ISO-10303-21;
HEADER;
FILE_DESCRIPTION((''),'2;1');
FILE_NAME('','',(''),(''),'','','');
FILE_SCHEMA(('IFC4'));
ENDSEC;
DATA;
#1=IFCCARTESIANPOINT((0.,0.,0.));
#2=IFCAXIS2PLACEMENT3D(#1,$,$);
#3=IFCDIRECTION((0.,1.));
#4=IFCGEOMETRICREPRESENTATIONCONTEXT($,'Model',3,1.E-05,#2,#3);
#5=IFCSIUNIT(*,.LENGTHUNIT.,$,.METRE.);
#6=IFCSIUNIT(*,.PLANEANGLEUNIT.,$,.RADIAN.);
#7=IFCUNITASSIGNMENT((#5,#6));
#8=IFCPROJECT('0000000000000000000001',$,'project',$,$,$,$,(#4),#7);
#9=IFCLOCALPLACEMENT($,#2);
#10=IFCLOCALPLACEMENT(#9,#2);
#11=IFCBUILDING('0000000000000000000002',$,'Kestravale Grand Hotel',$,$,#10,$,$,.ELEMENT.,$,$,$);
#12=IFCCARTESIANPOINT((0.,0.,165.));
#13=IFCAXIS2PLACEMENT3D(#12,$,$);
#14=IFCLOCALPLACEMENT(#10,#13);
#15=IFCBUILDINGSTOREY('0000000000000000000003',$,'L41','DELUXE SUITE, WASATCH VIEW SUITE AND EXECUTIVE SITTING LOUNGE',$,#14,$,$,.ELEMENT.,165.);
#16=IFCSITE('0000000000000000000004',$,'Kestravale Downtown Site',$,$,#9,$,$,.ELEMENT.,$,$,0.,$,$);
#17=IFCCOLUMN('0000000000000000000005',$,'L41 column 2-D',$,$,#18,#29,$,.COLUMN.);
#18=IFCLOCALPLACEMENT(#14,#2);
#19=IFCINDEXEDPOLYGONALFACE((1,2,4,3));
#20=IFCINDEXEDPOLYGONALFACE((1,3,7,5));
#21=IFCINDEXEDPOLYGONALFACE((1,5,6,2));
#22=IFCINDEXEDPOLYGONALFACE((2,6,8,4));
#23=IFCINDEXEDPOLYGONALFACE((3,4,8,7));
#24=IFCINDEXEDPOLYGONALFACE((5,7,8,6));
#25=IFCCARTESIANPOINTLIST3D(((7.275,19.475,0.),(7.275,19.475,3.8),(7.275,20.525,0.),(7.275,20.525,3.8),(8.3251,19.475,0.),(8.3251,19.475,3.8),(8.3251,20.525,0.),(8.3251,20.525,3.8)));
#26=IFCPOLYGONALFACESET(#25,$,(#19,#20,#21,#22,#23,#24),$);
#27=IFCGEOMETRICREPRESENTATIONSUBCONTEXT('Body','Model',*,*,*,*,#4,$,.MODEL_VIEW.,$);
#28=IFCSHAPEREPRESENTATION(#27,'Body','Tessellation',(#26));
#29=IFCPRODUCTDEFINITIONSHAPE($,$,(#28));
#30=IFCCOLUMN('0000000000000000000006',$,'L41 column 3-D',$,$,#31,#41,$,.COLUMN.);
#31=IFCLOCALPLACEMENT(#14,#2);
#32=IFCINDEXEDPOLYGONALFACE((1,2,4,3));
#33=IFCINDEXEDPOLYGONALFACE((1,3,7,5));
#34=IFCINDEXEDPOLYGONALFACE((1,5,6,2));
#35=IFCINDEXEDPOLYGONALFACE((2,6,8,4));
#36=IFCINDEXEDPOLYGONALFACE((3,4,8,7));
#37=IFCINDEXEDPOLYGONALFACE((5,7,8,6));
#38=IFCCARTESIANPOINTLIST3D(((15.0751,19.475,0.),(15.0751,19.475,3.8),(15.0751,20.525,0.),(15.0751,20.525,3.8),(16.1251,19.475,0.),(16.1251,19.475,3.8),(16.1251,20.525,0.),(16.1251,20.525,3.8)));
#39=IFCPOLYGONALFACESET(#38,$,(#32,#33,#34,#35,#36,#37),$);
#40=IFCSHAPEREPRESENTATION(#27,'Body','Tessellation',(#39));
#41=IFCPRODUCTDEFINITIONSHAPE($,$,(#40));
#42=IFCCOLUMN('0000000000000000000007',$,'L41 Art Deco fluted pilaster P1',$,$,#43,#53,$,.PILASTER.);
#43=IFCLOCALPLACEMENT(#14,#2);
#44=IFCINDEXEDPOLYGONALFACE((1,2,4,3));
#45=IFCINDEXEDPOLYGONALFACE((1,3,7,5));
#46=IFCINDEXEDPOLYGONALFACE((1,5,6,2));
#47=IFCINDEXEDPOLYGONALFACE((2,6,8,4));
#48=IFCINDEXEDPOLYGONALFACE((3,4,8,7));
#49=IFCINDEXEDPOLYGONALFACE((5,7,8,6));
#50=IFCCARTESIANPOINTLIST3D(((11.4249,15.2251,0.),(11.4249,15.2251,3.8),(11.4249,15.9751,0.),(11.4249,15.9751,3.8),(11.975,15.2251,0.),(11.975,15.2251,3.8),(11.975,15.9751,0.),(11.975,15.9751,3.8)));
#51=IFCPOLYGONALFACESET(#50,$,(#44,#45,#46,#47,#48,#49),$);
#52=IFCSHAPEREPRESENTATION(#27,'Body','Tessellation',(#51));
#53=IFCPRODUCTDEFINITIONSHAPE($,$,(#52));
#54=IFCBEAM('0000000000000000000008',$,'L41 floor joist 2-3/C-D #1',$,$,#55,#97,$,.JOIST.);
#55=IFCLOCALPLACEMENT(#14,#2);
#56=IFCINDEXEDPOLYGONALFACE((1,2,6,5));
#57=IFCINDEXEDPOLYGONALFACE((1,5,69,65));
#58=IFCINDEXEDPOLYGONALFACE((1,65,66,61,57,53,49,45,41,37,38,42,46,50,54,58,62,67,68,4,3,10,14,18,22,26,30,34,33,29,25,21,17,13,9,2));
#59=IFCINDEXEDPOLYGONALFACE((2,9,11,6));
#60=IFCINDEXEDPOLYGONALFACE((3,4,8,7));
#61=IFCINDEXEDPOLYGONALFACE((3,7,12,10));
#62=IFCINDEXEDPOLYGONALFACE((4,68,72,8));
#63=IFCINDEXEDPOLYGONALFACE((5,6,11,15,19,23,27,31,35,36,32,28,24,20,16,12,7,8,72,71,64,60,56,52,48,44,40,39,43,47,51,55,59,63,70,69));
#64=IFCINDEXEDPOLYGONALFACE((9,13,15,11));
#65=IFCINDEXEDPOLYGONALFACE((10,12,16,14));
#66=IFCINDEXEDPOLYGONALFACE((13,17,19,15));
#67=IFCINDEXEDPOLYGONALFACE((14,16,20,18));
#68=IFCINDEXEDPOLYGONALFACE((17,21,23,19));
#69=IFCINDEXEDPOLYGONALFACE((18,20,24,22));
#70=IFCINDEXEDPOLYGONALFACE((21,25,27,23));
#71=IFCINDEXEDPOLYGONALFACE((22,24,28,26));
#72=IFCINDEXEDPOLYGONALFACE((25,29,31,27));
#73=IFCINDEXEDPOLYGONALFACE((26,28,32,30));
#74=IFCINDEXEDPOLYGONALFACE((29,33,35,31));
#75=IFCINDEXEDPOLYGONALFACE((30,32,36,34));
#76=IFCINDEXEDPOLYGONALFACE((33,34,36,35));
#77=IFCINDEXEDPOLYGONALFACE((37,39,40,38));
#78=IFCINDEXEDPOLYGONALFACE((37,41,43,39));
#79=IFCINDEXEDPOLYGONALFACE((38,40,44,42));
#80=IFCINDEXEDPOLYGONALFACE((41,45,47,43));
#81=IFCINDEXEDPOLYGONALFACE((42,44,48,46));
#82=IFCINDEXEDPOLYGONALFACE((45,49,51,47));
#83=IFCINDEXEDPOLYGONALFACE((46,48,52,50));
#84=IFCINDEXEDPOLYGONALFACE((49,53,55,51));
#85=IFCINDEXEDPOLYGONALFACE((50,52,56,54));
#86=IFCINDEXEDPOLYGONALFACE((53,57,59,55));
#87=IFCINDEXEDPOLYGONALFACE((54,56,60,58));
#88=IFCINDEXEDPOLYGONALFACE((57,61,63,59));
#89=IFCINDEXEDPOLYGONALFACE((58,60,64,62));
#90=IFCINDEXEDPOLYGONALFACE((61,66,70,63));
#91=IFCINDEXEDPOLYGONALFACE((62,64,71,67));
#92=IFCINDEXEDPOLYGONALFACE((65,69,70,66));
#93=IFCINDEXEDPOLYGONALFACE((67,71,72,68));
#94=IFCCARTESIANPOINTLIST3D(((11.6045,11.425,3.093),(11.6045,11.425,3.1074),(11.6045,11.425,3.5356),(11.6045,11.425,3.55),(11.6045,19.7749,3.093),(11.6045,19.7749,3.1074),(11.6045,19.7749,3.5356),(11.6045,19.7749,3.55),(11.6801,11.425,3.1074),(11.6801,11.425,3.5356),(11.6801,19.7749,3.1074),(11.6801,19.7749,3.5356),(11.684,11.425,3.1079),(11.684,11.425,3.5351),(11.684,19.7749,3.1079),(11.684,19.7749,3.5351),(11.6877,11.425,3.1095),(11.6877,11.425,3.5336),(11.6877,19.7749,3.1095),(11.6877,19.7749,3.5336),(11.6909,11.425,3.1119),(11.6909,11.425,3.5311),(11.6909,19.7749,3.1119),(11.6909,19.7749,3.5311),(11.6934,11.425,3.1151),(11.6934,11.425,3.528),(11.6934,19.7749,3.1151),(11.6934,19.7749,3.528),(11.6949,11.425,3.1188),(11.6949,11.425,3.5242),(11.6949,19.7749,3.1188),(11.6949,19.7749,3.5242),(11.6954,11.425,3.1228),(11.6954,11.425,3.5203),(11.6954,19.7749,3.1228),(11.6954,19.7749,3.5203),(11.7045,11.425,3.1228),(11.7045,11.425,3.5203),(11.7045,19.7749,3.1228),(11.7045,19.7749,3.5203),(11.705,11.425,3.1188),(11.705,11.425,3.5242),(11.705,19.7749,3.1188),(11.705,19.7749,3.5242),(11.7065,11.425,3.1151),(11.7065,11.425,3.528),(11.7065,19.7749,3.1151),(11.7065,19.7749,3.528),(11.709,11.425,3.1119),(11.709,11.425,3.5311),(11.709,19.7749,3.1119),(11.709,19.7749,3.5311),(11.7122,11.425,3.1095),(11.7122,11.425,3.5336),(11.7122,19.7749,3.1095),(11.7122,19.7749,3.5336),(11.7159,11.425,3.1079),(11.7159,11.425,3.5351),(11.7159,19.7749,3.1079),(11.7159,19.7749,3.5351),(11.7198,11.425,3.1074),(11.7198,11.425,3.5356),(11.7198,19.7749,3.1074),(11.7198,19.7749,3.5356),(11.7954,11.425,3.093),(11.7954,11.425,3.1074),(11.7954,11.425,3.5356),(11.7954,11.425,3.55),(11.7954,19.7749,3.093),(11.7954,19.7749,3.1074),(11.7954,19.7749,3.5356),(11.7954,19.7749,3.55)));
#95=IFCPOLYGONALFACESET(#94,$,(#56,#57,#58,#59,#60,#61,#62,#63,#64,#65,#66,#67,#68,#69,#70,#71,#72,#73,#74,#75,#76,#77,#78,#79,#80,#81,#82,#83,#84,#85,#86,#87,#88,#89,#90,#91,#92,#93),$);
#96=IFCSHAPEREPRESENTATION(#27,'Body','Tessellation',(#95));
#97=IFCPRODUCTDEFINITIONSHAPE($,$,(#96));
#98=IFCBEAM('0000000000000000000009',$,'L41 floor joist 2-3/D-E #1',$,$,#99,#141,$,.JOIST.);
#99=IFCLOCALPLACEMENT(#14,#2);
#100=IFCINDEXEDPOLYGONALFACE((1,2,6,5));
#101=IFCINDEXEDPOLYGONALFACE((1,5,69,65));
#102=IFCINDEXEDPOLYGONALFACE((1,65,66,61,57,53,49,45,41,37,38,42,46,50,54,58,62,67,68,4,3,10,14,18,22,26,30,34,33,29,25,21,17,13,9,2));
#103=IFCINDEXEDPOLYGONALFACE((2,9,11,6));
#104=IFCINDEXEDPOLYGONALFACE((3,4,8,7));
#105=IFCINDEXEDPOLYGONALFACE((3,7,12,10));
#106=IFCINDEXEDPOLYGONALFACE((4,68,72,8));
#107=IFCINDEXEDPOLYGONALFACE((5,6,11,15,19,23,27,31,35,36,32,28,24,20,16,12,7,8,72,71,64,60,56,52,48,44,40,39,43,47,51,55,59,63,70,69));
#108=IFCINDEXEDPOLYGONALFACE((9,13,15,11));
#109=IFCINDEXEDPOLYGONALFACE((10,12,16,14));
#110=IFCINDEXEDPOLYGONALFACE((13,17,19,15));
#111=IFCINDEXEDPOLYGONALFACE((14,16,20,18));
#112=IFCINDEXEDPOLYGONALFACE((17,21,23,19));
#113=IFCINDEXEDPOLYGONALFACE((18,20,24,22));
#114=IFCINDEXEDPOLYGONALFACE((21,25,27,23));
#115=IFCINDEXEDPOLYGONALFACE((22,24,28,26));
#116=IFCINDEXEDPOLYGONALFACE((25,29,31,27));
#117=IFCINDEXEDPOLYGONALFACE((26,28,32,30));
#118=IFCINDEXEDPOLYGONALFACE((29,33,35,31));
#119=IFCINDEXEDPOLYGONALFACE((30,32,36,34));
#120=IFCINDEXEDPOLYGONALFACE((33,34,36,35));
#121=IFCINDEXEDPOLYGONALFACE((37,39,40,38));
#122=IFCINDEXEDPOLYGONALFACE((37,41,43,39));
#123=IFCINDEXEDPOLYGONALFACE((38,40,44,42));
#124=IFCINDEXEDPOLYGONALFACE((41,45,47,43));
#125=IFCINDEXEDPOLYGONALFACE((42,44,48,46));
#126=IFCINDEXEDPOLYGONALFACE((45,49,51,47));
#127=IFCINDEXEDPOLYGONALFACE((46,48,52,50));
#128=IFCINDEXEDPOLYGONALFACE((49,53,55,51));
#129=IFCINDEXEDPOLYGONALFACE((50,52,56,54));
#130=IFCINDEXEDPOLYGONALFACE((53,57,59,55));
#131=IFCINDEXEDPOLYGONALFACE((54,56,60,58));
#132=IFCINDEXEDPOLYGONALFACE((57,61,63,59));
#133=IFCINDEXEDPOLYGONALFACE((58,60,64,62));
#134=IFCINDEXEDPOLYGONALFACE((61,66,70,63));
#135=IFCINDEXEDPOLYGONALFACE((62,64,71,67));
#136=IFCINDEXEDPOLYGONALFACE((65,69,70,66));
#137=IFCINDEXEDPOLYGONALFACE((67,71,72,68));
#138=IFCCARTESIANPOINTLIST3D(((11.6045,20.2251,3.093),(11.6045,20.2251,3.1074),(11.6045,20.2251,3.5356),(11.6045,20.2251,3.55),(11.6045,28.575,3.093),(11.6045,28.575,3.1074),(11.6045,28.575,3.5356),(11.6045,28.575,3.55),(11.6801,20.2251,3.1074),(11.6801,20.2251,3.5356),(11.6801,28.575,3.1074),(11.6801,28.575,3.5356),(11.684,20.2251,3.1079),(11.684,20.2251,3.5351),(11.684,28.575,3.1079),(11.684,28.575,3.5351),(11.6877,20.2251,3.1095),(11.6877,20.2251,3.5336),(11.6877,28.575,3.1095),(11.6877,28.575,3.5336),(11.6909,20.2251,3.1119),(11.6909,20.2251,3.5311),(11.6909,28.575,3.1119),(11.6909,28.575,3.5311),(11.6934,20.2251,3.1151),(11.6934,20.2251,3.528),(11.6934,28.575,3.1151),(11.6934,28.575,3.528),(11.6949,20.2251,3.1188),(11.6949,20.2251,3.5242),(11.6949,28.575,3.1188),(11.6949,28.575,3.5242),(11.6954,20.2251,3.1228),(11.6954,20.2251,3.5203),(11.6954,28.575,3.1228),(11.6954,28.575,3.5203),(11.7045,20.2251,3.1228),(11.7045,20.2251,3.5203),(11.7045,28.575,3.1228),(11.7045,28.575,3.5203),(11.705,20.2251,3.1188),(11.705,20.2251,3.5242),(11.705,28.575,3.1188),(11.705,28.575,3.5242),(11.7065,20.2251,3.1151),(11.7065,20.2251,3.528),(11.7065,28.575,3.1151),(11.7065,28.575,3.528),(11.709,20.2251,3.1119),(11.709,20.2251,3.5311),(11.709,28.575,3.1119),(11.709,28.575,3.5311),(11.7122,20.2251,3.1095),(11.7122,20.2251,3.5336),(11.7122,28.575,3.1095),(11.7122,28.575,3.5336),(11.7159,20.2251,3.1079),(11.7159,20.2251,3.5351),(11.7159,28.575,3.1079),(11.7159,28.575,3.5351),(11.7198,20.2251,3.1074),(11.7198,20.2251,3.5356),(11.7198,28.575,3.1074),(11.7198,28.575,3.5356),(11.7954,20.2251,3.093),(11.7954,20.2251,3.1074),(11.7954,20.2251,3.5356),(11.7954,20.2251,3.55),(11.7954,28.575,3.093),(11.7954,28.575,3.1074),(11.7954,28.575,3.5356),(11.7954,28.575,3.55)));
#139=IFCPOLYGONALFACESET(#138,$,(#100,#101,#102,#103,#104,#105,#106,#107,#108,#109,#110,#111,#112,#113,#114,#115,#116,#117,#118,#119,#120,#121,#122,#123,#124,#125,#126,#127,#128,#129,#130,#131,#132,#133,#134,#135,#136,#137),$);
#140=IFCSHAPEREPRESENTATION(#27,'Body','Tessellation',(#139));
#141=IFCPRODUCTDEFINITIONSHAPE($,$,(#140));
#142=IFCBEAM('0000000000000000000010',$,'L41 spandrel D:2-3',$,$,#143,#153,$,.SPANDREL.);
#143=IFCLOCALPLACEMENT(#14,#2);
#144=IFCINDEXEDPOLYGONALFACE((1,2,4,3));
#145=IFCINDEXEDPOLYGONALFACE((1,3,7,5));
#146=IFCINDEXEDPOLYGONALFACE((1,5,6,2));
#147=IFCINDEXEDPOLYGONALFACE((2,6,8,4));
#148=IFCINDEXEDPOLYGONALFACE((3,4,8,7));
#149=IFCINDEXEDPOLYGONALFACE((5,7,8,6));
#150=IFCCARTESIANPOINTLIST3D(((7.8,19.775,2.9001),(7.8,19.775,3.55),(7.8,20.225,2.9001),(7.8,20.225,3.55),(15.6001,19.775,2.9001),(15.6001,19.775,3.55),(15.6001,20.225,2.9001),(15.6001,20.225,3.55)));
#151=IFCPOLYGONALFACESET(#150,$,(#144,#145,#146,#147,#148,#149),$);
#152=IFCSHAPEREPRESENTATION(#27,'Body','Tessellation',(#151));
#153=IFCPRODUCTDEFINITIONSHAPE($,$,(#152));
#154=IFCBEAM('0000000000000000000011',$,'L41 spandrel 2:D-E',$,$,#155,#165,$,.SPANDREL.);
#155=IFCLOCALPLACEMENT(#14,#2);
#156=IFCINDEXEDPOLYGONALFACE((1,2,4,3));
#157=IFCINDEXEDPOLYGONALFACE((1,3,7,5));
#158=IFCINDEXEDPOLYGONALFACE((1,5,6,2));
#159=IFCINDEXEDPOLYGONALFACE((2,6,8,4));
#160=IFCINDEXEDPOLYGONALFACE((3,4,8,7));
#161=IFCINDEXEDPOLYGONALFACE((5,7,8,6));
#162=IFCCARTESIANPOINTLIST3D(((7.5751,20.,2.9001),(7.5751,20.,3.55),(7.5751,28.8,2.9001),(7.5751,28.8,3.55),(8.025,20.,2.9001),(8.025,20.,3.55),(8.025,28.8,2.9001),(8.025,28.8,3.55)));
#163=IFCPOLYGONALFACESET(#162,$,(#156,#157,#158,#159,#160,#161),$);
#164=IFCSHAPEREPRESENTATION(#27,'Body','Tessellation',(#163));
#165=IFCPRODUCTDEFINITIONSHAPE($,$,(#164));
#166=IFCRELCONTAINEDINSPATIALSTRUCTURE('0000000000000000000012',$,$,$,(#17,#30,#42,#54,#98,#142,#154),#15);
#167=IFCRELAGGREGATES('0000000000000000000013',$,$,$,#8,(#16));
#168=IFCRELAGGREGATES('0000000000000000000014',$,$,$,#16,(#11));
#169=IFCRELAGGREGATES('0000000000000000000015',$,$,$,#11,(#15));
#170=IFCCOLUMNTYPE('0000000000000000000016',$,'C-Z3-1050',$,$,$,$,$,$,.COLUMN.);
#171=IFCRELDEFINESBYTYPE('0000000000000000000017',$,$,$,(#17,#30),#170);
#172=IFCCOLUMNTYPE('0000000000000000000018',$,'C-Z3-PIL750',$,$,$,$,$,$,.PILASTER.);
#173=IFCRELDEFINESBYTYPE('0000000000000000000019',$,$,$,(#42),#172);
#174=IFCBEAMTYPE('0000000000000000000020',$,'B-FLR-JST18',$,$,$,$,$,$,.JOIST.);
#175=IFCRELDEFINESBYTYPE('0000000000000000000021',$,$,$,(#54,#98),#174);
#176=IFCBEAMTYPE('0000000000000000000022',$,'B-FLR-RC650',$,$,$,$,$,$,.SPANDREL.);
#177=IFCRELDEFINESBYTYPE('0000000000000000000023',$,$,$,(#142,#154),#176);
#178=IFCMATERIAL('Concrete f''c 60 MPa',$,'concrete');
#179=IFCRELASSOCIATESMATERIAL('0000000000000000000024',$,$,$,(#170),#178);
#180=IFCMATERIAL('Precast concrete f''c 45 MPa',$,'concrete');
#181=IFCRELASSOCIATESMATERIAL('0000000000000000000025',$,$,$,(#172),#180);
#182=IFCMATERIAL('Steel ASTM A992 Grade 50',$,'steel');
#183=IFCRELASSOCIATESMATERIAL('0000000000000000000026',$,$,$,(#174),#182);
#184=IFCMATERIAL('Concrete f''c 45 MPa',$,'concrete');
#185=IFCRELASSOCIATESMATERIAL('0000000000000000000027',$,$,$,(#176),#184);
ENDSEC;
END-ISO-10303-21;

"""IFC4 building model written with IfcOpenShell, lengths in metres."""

from ifc_helpers import new_model, si_unit, direction, frame, origin, origin_2d, place, context, subcontext, project, spatial, rectangle, i_section, extrude, material, material_profile, profile_set, type_object, element, save


model = new_model("IFC4")

# Units and contexts
model_context = context("Model", 3, precision=1e-05, world=origin(), true_north=direction((0.0, 1.0)))
body_context = subcontext(model_context, "Body", "Model", "MODEL_VIEW")
ifc_project = project(units=[si_unit("LENGTHUNIT", "METRE"), si_unit("PLANEANGLEUNIT", "RADIAN")], contexts=[model_context])

# Site, building, storey
site_placement = place(None, origin())
site = spatial("IfcSite", under=ifc_project, at=site_placement, Name="Kestravale Downtown Site", CompositionType="ELEMENT", RefElevation=0.0)
building_placement = place(site_placement, origin())
building = spatial("IfcBuilding", under=site, at=building_placement, Name="Kestravale Grand Hotel", CompositionType="ELEMENT")
storey_placement = place(building_placement, frame((0.0, 0.0, 165.0)))
storey = spatial("IfcBuildingStorey", under=building, at=storey_placement, Name="L41", Description="DELUXE SUITE, WASATCH VIEW SUITE AND EXECUTIVE SITTING LOUNGE", CompositionType="ELEMENT", Elevation=165.0)

# Columns
ifc_material_1 = material(Name="Concrete f'c 60 MPa", Category="concrete")
ifc_material_profile_1 = material_profile(ifc_material_1, rectangle(XDim=1.05, YDim=1.05, at=origin_2d()))
ifc_profile_set_1 = profile_set([ifc_material_profile_1], Name="Concrete f'c 60 MPa")
column_type_1 = type_object("IfcColumnType", Name="C-Z3-1050", PredefinedType="COLUMN", material=ifc_profile_set_1)
for number, where, z_axis, x_axis, name in (
    (1, (7.8, 20.0, 0.0), (0.0, 0.0, 1.0), (1.0, 0.0, 0.0), "L41 column 2-D"),
    (2, (15.6001, 20.0, 0.0), (0.0, 0.0, 1.0), (1.0, 0.0, 0.0), "L41 column 3-D"),
):
    element("IfcColumn", number, at=place(storey_placement, frame(where, z_axis=z_axis, x_axis=x_axis)), inside=storey, type_object=column_type_1, Name=name, PredefinedType="COLUMN", context=body_context, shape_type="SweptSolid", body=[
        extrude(rectangle(XDim=1.05, YDim=1.05, at=origin_2d()), origin(), (0.0, 0.0, 1.0), 3.8),
    ])
ifc_material_2 = material(Name="Precast concrete f'c 45 MPa", Category="concrete")
ifc_material_profile_2 = material_profile(ifc_material_2, rectangle(XDim=0.55, YDim=0.75, at=origin_2d()))
ifc_profile_set_2 = profile_set([ifc_material_profile_2], Name="Precast concrete f'c 45 MPa")
column_type_2 = type_object("IfcColumnType", Name="C-Z3-PIL750", PredefinedType="PILASTER", material=ifc_profile_set_2)
column_placement = place(storey_placement, frame((11.7, 15.6001, 0.0), z_axis=(0.0, 0.0, 1.0), x_axis=(1.0, 0.0, 0.0)))
element("IfcColumn", 3, at=column_placement, inside=storey, type_object=column_type_2, Name="L41 Art Deco fluted pilaster P1", PredefinedType="PILASTER", context=body_context, shape_type="SweptSolid", body=[
    extrude(rectangle(XDim=0.55, YDim=0.75, at=origin_2d()), origin(), (0.0, 0.0, 1.0), 3.8),
])

# Beams
ifc_material_3 = material(Name="Steel ASTM A992 Grade 50", Category="steel")
ifc_material_profile_3 = material_profile(ifc_material_3, i_section(OverallWidth=0.1909, OverallDepth=0.457, WebThickness=0.009, FlangeThickness=0.0144, FilletRadius=0.0154, at=origin_2d()))
ifc_profile_set_3 = profile_set([ifc_material_profile_3], Name="Steel ASTM A992 Grade 50")
beam_type_1 = type_object("IfcBeamType", Name="B-FLR-JST18", PredefinedType="JOIST", material=ifc_profile_set_3)
for number, where, z_axis, x_axis, name in (
    (4, (11.7, 11.425, 3.3215), (0.0, 1.0, 0.0), (-1.0, 0.0, 0.0), "L41 floor joist 2-3/C-D #1"),
    (5, (11.7, 20.2251, 3.3215), (0.0, 1.0, 0.0), (-1.0, 0.0, 0.0), "L41 floor joist 2-3/D-E #1"),
):
    element("IfcBeam", number, at=place(storey_placement, frame(where, z_axis=z_axis, x_axis=x_axis)), inside=storey, type_object=beam_type_1, Name=name, PredefinedType="JOIST", context=body_context, shape_type="SweptSolid", body=[
        extrude(i_section(OverallWidth=0.1909, OverallDepth=0.457, WebThickness=0.009, FlangeThickness=0.0144, FilletRadius=0.0154, at=origin_2d()), origin(), (0.0, 0.0, 1.0), 8.3499),
    ])
ifc_material_4 = material(Name="Concrete f'c 45 MPa", Category="concrete")
ifc_material_profile_4 = material_profile(ifc_material_4, rectangle(XDim=0.45, YDim=0.6499, at=origin_2d()))
ifc_profile_set_4 = profile_set([ifc_material_profile_4], Name="Concrete f'c 45 MPa")
beam_type_2 = type_object("IfcBeamType", Name="B-FLR-RC650", PredefinedType="SPANDREL", material=ifc_profile_set_4)
beam_1_placement = place(storey_placement, frame((7.8, 20.0, 3.2251), z_axis=(1.0, 0.0, 0.0), x_axis=(0.0, 1.0, 0.0)))
element("IfcBeam", 6, at=beam_1_placement, inside=storey, type_object=beam_type_2, Name="L41 spandrel D:2-3", PredefinedType="SPANDREL", context=body_context, shape_type="SweptSolid", body=[
    extrude(rectangle(XDim=0.45, YDim=0.6499, at=origin_2d()), origin(), (0.0, 0.0, 1.0), 7.8),
])
beam_2_placement = place(storey_placement, frame((7.8, 20.0, 3.2251), z_axis=(0.0, 1.0, 0.0), x_axis=(-1.0, 0.0, 0.0)))
element("IfcBeam", 7, at=beam_2_placement, inside=storey, type_object=beam_type_2, Name="L41 spandrel 2:D-E", PredefinedType="SPANDREL", context=body_context, shape_type="SweptSolid", body=[
    extrude(rectangle(XDim=0.45, YDim=0.6499, at=origin_2d()), origin(), (0.0, 0.0, 1.0), 8.8),
])

save(model, "model.ifc")
